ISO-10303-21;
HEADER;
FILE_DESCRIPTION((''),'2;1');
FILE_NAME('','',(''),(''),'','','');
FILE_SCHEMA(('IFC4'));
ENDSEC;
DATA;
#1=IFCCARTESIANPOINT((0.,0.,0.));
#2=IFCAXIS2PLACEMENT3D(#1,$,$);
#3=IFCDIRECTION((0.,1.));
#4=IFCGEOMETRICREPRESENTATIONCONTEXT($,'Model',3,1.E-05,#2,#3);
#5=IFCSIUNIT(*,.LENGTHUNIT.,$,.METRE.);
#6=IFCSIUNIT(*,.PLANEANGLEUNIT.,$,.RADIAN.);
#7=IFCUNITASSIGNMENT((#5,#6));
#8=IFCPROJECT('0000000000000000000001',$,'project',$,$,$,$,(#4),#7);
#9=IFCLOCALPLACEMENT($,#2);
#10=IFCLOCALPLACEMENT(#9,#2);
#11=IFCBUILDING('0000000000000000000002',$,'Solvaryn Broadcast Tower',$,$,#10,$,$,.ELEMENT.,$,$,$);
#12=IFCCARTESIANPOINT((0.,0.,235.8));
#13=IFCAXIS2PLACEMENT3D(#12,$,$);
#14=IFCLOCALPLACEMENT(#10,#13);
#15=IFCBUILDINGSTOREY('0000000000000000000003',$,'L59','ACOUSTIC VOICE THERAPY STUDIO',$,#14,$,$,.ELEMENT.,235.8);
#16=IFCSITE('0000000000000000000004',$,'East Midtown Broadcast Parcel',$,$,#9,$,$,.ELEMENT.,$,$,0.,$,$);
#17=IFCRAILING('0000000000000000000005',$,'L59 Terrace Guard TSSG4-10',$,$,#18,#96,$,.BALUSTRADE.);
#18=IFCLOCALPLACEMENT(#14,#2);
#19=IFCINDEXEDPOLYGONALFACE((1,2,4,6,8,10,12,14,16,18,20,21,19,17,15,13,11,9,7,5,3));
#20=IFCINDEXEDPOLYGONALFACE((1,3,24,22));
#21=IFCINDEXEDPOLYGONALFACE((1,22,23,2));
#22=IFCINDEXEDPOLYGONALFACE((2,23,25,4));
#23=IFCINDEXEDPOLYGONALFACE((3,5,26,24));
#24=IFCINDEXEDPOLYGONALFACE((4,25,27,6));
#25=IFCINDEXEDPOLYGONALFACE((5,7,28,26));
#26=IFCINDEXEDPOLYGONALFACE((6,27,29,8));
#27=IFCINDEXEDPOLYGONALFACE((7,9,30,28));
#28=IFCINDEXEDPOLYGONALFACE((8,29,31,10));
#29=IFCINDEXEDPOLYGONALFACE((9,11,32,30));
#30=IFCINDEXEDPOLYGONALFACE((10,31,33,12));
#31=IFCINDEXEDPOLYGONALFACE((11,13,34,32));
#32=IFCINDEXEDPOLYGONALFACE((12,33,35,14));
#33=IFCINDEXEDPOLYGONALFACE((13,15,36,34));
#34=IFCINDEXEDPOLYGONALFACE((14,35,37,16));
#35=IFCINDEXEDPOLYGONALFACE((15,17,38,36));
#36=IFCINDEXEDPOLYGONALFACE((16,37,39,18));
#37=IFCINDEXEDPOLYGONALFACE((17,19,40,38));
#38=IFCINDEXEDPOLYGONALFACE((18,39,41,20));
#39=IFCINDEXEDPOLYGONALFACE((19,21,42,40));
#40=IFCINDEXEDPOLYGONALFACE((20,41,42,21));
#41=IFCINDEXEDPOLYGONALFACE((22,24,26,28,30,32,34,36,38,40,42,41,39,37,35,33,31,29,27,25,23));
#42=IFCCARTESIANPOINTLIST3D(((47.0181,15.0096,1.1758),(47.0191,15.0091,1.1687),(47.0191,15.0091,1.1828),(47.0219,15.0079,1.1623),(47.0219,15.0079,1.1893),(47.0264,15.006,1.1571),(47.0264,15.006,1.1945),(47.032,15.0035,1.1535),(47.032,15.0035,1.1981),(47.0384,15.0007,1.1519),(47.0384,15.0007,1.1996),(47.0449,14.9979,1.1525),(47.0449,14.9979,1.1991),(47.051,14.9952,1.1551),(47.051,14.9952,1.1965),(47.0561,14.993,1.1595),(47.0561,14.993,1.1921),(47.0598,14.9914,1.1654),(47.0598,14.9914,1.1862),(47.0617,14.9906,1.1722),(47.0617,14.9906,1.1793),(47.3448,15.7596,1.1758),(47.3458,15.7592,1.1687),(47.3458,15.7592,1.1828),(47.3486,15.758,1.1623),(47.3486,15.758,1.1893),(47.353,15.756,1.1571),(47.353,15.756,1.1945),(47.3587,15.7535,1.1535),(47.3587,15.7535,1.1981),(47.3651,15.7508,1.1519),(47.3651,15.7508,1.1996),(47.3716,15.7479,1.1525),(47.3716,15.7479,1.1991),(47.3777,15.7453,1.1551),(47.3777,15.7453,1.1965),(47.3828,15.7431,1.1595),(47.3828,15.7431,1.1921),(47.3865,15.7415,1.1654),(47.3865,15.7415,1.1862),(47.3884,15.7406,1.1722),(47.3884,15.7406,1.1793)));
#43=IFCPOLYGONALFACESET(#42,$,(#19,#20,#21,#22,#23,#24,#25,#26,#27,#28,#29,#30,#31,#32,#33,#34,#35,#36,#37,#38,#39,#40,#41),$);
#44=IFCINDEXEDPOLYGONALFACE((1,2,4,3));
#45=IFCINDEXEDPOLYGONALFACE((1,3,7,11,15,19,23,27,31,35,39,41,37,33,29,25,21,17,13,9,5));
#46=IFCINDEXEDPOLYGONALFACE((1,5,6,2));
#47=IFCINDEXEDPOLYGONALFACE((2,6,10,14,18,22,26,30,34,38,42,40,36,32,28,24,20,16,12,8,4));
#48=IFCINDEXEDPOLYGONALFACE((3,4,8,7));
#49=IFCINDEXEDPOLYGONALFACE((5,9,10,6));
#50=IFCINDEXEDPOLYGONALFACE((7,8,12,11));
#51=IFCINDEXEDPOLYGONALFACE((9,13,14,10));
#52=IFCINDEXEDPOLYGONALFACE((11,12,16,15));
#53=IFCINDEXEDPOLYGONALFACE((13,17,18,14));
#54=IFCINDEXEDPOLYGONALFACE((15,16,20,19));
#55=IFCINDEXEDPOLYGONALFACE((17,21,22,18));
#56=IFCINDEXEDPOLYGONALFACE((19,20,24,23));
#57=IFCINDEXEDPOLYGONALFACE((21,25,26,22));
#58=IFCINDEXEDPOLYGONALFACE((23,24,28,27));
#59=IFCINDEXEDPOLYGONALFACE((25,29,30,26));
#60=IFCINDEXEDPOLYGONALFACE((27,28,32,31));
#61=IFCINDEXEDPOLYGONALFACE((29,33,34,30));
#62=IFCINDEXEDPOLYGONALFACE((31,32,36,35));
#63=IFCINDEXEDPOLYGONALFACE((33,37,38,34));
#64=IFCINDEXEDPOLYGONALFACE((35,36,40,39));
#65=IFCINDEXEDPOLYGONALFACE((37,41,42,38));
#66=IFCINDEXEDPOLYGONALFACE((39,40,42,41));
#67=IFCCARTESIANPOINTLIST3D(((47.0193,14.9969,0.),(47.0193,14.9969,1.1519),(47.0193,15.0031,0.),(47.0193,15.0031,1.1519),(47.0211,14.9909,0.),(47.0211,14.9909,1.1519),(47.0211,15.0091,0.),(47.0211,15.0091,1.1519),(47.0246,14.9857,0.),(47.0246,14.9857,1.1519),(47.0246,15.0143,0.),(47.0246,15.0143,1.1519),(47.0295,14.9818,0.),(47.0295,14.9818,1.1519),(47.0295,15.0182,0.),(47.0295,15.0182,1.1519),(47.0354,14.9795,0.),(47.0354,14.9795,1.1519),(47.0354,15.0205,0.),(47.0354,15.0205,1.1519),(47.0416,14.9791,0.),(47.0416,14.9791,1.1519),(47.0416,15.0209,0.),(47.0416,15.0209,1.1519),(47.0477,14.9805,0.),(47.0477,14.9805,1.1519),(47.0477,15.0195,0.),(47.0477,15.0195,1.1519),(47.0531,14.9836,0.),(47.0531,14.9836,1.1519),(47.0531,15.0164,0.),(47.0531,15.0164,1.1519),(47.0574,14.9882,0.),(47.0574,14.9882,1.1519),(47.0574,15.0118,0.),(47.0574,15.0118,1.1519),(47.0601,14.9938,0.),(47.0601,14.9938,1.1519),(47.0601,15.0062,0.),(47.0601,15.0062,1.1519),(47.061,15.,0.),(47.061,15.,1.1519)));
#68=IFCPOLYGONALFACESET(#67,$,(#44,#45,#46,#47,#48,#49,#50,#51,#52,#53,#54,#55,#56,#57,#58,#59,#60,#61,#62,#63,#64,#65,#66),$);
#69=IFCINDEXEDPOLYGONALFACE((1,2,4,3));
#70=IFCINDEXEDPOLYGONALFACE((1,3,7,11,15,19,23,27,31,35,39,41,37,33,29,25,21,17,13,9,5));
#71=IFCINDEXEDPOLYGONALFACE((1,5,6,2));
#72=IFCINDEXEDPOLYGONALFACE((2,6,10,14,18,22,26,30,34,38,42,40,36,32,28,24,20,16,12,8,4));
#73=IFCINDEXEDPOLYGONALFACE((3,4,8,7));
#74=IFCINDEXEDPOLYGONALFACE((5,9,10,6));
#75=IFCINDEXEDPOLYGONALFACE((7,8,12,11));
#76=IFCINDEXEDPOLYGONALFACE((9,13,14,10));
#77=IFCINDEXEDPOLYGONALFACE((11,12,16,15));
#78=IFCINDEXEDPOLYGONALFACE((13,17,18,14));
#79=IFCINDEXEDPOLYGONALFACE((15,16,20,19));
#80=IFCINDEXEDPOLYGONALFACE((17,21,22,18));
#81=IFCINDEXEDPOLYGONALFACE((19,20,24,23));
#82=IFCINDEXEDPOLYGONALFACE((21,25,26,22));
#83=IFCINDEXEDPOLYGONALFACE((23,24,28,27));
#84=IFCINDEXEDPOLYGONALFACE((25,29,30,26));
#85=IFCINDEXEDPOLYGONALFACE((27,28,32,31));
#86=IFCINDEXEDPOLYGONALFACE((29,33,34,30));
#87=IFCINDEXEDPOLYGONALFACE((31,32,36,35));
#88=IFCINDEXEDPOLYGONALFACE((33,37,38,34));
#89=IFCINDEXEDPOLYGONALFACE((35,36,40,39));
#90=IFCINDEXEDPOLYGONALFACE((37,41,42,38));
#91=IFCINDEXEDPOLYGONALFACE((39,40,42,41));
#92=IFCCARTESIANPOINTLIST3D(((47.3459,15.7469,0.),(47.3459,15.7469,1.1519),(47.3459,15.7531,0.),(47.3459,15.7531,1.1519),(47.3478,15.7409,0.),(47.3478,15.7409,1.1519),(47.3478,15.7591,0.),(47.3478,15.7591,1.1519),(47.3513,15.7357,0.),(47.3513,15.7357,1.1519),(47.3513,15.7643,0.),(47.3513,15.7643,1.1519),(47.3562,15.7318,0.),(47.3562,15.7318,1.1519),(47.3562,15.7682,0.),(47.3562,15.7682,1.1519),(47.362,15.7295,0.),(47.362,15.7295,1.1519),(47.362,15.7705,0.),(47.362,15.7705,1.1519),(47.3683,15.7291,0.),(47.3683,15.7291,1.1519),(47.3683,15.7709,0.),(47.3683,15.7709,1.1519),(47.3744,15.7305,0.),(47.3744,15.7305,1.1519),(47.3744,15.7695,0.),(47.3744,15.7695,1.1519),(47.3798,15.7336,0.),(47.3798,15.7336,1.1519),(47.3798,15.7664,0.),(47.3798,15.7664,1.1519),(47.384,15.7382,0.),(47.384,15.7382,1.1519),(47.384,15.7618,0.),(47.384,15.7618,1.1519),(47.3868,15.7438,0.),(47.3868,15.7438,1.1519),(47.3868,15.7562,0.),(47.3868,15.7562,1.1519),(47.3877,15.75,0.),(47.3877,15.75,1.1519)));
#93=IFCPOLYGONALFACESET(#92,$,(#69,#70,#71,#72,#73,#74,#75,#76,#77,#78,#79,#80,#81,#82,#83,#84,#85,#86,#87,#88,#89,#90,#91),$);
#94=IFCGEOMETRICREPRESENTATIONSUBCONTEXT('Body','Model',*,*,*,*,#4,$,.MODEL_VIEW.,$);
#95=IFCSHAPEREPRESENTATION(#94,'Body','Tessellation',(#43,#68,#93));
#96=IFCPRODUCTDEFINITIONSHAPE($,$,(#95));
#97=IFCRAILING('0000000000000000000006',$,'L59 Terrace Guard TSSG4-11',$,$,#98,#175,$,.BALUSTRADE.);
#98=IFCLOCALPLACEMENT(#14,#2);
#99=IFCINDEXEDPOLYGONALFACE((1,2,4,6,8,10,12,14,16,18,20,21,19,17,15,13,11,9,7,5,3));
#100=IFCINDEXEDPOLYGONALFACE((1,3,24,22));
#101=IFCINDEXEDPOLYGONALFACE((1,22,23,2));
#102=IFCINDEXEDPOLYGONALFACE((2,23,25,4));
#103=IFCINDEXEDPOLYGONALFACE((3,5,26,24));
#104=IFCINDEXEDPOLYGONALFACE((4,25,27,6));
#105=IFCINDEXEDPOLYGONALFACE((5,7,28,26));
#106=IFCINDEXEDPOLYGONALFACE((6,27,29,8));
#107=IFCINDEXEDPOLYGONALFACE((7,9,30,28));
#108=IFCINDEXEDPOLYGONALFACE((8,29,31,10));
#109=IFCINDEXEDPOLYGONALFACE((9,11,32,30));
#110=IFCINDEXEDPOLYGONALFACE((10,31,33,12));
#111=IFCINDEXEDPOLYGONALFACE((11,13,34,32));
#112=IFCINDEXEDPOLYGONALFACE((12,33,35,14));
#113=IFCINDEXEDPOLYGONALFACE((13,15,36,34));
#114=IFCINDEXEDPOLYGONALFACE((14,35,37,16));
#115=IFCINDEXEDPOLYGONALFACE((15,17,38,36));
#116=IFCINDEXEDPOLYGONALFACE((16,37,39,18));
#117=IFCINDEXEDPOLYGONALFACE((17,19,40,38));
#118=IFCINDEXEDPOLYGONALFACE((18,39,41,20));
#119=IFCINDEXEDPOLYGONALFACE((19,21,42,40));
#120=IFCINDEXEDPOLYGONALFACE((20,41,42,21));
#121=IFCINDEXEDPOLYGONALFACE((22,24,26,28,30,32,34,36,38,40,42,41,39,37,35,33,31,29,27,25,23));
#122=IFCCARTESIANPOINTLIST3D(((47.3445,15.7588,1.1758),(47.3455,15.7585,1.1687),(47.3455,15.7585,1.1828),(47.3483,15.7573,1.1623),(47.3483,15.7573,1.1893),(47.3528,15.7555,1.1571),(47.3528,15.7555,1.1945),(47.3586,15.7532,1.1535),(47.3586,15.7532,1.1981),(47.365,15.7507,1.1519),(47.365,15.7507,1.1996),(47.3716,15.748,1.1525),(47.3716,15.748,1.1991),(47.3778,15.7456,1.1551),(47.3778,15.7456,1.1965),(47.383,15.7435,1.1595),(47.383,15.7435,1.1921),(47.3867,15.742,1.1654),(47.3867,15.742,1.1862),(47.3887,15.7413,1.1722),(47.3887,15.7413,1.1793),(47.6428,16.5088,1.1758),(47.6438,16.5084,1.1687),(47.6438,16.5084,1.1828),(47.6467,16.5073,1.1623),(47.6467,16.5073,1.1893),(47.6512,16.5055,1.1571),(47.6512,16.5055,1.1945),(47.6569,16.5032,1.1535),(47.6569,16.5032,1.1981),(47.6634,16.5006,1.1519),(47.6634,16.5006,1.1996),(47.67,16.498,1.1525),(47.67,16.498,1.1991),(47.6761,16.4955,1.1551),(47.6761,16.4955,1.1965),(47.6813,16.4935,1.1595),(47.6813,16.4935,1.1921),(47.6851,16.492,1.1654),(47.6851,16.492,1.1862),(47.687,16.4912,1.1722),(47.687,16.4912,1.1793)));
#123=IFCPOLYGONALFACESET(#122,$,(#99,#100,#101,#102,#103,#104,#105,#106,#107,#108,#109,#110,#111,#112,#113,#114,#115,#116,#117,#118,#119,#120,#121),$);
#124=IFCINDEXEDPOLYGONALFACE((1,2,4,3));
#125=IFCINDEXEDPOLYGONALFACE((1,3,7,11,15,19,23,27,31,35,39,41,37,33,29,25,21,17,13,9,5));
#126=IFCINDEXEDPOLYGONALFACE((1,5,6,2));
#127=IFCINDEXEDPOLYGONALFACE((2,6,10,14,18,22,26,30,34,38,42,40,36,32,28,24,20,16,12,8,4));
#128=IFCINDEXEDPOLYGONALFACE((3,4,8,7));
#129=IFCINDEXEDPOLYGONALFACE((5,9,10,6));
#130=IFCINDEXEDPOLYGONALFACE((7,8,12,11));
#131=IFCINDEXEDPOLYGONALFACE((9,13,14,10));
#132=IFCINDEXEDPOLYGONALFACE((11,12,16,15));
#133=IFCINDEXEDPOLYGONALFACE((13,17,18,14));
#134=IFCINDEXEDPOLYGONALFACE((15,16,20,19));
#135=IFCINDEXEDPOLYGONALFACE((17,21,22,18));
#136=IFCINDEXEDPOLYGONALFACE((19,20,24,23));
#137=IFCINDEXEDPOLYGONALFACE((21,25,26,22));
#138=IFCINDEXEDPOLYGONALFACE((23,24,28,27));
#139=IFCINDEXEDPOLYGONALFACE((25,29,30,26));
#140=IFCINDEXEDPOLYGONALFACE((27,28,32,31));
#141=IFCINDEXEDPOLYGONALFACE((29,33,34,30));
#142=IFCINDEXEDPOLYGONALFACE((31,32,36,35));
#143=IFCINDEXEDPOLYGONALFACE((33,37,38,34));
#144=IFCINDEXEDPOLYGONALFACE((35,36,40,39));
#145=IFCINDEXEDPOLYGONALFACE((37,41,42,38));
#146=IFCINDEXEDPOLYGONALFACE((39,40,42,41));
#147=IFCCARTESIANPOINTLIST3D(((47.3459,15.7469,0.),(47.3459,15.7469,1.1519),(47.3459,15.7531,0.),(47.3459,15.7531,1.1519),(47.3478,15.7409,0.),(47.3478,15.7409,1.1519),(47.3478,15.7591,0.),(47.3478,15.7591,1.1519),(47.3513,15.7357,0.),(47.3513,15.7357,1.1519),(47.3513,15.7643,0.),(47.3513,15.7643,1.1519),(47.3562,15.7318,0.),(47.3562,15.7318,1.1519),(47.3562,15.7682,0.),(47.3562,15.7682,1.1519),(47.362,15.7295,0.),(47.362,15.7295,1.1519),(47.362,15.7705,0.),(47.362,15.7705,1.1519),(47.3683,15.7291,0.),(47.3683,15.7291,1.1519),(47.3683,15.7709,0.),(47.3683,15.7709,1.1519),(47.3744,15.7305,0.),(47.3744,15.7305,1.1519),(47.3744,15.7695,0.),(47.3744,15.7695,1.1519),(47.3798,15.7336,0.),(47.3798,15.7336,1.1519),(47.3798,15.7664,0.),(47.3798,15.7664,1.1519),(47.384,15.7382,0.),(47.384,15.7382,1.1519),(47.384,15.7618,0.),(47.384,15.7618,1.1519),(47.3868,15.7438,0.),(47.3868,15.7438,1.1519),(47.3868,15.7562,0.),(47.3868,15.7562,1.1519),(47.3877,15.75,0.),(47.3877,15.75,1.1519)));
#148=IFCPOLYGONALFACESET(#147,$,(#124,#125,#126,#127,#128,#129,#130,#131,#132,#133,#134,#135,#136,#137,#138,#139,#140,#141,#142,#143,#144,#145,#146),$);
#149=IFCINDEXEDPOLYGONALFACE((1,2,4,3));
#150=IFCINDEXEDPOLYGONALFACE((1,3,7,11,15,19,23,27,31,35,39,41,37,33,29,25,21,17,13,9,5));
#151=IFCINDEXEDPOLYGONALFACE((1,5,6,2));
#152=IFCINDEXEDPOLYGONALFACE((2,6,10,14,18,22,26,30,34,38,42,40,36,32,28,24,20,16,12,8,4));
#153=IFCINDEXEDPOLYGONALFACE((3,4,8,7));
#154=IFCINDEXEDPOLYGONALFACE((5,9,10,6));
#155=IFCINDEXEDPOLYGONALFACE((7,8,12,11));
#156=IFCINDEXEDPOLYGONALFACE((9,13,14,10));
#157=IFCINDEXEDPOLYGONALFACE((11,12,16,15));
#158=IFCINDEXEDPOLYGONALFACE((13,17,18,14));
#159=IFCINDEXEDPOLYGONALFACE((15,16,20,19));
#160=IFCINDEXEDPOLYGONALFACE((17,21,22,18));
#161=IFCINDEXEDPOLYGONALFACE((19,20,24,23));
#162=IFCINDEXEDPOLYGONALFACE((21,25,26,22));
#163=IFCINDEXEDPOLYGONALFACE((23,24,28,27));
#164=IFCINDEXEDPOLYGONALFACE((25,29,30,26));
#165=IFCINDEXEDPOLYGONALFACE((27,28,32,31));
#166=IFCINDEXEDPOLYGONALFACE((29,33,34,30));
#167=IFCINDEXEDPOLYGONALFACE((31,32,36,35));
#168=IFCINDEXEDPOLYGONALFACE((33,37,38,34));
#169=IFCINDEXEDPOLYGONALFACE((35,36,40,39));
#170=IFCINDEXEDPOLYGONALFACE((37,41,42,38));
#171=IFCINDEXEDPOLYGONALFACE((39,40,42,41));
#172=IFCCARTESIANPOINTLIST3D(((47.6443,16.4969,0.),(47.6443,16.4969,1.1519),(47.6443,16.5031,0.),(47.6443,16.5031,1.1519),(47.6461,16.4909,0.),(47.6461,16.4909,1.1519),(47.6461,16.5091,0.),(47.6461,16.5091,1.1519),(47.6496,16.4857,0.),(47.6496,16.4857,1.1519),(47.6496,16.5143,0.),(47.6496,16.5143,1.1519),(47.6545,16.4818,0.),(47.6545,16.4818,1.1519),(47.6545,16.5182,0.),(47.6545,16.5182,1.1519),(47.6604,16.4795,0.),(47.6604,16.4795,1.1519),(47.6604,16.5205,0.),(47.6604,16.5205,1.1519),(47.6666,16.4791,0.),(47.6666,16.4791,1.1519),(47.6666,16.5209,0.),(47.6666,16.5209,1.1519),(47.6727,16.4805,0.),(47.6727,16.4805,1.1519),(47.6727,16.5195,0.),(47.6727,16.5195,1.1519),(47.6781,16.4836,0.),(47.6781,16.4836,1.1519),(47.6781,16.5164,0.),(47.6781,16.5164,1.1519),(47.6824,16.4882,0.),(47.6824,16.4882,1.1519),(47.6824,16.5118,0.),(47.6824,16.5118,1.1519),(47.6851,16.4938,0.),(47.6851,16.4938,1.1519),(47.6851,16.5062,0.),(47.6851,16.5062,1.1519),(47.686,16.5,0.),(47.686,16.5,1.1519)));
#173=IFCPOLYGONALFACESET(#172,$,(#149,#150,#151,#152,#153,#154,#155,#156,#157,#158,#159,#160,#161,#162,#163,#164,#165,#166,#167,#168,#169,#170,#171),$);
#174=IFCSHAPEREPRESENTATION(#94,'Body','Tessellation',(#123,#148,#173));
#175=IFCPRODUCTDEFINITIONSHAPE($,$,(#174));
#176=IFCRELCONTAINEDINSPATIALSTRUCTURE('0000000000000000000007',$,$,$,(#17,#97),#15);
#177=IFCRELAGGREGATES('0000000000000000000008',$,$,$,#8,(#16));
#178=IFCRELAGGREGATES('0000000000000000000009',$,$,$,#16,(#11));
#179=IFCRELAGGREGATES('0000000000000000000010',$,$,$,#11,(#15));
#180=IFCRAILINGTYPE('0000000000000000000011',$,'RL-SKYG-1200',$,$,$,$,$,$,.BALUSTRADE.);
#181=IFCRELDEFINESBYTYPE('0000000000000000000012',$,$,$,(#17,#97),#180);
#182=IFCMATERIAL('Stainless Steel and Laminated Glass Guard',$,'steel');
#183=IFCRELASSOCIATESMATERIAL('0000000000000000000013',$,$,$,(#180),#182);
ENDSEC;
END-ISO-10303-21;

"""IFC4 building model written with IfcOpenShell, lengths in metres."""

from ifc_helpers import new_model, si_unit, direction, frame, origin, origin_2d, place, context, subcontext, project, spatial, circle, extrude, material, type_object, element, save


model = new_model("IFC4")

# Units and contexts
model_context = context("Model", 3, precision=1e-05, world=origin(), true_north=direction((0.0, 1.0)))
body_context = subcontext(model_context, "Body", "Model", "MODEL_VIEW")
ifc_project = project(units=[si_unit("LENGTHUNIT", "METRE"), si_unit("PLANEANGLEUNIT", "RADIAN")], contexts=[model_context])

# Site, building, storey
site_placement = place(None, origin())
site = spatial("IfcSite", under=ifc_project, at=site_placement, Name="East Midtown Broadcast Parcel", CompositionType="ELEMENT", RefElevation=0.0)
building_placement = place(site_placement, origin())
building = spatial("IfcBuilding", under=site, at=building_placement, Name="Solvaryn Broadcast Tower", CompositionType="ELEMENT")
storey_placement = place(building_placement, frame((0.0, 0.0, 235.8)))
storey = spatial("IfcBuildingStorey", under=building, at=storey_placement, Name="L59", Description="ACOUSTIC VOICE THERAPY STUDIO", CompositionType="ELEMENT", Elevation=235.8)

# Railings
ifc_material_1 = material(Name="Stainless Steel and Laminated Glass Guard", Category="steel")
railing_type = type_object("IfcRailingType", Name="RL-SKYG-1200", PredefinedType="BALUSTRADE", material=ifc_material_1)
for number, where, name in (
    (1, (47.04, 15.0, 0.0), "L59 Terrace Guard TSSG4-10"),
):
    element("IfcRailing", number, at=place(storey_placement, frame(where)), inside=storey, type_object=railing_type, Name=name, PredefinedType="BALUSTRADE", context=body_context, shape_type="SweptSolid", body=[
        extrude(circle(Radius=0.0239, at=origin_2d()), frame((0.0, 0.0, 1.1758), z_axis=(0.399315, 0.916814, 0.0), x_axis=(-0.916814, 0.399315, 0.0)), (0.0, 0.0, 1.0), 0.8181),
        extrude(circle(Radius=0.021, at=origin_2d()), origin(), (0.0, 0.0, 1.0), 1.1519),
        extrude(circle(Radius=0.021, at=origin_2d()), frame((0.3267, 0.75, 0.0)), (0.0, 0.0, 1.0), 1.1519),
    ])
railing_1_placement = place(storey_placement, frame((47.3667, 15.75, 0.0)))
element("IfcRailing", 2, at=railing_1_placement, inside=storey, type_object=railing_type, Name="L59 Terrace Guard TSSG4-11", PredefinedType="BALUSTRADE", context=body_context, shape_type="SweptSolid", body=[
    extrude(circle(Radius=0.0239, at=origin_2d()), frame((0.0, 0.0, 1.1758), z_axis=(0.369617, 0.929184, 0.0), x_axis=(-0.929184, 0.369617, 0.0)), (0.0, 0.0, 1.0), 0.8071),
    extrude(circle(Radius=0.021, at=origin_2d()), origin(), (0.0, 0.0, 1.0), 1.1519),
    extrude(circle(Radius=0.021, at=origin_2d()), frame((0.2983, 0.75, 0.0)), (0.0, 0.0, 1.0), 1.1519),
])

save(model, "model.ifc")
